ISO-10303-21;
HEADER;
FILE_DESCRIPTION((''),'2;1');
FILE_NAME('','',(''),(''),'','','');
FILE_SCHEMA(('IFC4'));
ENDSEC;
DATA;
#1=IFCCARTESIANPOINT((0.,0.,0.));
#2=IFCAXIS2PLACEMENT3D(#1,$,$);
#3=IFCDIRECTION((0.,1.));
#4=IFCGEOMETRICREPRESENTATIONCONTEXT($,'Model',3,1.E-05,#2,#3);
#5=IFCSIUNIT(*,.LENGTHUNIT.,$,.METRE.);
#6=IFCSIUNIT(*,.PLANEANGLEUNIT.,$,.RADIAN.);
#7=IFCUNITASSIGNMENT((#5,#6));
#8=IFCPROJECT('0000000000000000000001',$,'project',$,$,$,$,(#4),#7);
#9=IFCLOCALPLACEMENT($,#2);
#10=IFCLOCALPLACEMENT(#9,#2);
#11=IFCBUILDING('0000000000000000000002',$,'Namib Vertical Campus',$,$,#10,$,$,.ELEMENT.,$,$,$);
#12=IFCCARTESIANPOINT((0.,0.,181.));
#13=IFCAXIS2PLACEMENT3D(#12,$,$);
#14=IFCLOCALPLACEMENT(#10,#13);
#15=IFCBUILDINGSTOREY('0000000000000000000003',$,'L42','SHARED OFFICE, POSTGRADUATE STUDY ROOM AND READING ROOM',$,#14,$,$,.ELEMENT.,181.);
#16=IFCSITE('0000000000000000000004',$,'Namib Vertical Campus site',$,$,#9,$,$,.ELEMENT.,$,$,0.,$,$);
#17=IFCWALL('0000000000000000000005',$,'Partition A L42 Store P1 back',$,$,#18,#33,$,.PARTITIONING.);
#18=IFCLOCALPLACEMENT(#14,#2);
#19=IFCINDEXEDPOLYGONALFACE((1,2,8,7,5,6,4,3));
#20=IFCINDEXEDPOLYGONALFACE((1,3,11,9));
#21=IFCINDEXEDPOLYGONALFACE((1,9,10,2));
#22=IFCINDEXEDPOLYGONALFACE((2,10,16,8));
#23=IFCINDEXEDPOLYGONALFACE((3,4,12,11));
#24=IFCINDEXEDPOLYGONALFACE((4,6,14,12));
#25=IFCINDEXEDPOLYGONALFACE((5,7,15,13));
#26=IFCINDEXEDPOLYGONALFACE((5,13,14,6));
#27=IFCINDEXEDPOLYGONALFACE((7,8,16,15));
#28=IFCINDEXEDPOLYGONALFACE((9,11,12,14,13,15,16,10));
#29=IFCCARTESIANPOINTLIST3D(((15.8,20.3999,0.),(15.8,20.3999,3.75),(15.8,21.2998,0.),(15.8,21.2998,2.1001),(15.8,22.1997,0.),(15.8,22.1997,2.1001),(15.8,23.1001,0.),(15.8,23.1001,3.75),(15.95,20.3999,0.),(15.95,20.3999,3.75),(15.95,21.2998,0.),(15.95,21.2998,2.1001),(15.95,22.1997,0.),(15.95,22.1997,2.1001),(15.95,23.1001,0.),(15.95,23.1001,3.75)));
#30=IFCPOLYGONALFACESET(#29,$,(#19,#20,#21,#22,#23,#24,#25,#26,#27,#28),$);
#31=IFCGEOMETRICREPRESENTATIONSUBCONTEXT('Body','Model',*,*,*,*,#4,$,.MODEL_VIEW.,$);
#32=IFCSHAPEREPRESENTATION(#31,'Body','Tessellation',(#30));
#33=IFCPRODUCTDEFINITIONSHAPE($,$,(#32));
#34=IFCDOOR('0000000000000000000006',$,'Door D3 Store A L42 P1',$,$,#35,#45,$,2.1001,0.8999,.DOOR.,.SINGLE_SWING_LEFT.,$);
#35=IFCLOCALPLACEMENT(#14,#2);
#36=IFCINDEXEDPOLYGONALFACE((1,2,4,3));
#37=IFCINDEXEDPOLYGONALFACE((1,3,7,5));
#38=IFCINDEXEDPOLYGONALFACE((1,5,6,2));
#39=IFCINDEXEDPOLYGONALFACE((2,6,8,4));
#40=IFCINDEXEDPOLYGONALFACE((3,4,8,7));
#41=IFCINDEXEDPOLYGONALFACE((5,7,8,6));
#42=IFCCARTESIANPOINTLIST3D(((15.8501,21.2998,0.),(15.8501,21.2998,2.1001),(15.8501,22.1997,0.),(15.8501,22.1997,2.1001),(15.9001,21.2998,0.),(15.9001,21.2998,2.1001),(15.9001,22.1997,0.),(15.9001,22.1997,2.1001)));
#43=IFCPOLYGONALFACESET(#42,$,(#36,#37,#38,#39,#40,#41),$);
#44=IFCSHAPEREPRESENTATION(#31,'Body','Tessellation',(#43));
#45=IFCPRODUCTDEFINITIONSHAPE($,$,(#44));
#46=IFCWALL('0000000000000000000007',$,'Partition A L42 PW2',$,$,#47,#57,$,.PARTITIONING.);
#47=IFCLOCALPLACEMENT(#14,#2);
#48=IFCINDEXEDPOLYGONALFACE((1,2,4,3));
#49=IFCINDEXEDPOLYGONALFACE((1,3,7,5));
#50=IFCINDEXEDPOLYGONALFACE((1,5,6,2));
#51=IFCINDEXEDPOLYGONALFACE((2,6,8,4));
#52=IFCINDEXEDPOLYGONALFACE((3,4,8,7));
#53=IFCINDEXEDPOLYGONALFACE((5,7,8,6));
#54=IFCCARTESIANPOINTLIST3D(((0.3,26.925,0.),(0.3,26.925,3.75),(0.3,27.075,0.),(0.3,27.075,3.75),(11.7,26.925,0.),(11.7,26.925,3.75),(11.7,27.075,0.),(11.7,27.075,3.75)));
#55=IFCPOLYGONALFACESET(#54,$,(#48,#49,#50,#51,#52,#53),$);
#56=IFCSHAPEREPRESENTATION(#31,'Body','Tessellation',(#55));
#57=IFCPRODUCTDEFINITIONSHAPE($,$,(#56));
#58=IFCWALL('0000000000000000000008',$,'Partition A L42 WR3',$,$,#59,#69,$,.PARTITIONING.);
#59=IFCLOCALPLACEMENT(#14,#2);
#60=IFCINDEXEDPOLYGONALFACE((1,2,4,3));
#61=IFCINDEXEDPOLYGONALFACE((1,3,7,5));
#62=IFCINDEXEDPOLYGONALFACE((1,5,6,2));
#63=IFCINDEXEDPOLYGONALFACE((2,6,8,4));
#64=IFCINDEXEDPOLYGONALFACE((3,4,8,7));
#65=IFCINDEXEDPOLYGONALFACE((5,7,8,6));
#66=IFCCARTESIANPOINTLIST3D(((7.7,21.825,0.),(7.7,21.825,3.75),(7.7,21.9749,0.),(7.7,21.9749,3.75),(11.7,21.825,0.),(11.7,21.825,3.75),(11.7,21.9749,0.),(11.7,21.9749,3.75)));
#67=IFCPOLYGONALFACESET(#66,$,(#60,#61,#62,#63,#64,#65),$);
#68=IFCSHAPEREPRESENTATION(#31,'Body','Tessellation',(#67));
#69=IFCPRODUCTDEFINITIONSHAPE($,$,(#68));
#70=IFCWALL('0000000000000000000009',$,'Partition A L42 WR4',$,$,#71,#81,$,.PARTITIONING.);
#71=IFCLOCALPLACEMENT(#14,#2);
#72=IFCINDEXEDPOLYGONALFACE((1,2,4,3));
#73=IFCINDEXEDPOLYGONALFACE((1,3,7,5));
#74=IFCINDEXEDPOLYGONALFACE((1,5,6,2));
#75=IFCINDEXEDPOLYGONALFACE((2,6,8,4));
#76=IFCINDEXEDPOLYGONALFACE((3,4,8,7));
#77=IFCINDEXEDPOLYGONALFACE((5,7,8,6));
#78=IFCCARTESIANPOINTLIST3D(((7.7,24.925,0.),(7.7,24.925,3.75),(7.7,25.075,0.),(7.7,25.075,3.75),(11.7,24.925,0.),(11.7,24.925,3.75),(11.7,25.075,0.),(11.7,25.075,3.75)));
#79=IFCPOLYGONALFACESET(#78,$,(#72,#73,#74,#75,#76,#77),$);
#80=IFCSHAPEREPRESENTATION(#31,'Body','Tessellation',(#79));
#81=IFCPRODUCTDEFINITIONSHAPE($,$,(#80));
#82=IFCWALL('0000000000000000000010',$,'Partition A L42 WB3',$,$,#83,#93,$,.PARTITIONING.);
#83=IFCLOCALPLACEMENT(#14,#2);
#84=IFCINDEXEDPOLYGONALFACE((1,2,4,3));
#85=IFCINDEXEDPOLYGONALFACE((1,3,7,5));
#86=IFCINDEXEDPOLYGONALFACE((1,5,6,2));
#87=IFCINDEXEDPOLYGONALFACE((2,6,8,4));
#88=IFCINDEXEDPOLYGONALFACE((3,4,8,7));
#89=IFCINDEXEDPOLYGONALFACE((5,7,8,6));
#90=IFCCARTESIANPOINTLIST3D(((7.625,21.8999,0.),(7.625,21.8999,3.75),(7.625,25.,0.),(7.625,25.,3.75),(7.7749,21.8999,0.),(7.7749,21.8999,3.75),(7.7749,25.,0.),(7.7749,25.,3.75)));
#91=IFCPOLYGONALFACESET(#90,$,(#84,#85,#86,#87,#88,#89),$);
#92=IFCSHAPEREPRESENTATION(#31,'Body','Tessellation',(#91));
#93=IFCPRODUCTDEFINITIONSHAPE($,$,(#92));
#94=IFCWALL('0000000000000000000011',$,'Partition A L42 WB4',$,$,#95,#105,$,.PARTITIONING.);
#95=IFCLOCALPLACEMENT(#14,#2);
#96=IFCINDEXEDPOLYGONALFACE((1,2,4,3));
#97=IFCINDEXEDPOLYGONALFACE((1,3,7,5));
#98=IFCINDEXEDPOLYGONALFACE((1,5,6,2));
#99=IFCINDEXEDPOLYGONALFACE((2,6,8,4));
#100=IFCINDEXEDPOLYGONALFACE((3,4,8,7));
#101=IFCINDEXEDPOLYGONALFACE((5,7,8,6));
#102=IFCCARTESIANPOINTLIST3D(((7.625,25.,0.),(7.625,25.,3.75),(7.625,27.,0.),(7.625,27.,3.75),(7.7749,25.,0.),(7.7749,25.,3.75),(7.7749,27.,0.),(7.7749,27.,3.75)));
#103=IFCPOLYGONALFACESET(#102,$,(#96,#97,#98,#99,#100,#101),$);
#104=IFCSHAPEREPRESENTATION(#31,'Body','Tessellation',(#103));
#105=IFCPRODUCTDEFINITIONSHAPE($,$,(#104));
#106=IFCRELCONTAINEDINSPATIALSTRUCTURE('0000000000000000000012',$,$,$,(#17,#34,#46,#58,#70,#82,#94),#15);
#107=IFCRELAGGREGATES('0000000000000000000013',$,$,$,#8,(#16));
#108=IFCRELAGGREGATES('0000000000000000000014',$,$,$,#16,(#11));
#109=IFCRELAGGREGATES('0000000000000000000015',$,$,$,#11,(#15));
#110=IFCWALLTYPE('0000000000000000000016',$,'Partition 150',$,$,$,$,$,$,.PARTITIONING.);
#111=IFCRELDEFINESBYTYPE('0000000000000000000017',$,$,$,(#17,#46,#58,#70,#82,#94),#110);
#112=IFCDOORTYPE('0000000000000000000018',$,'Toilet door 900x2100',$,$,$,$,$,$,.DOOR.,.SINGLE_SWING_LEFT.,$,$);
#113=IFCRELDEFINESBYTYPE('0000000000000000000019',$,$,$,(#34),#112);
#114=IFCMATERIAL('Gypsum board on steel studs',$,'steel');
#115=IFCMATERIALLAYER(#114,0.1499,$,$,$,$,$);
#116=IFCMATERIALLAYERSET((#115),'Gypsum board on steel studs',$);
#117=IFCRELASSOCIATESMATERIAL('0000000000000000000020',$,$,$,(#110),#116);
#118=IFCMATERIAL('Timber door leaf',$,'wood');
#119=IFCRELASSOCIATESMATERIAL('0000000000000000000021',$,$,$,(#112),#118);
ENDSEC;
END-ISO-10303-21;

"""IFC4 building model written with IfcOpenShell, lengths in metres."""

from ifc_helpers import new_model, si_unit, direction, frame, frame_2d, origin, place, context, subcontext, project, spatial, rectangle, extrude, material, layer, layer_set, type_object, element, fill, save


model = new_model("IFC4")

# Units and contexts
model_context = context("Model", 3, precision=1e-05, world=origin(), true_north=direction((0.0, 1.0)))
body_context = subcontext(model_context, "Body", "Model", "MODEL_VIEW")
ifc_project = project(units=[si_unit("LENGTHUNIT", "METRE"), si_unit("PLANEANGLEUNIT", "RADIAN")], contexts=[model_context])

# Site, building, storey
site_placement = place(None, origin())
site = spatial("IfcSite", under=ifc_project, at=site_placement, Name="Namib Vertical Campus site", CompositionType="ELEMENT", RefElevation=0.0)
building_placement = place(site_placement, origin())
building = spatial("IfcBuilding", under=site, at=building_placement, Name="Namib Vertical Campus", CompositionType="ELEMENT")
storey_placement = place(building_placement, frame((0.0, 0.0, 181.0)))
storey = spatial("IfcBuildingStorey", under=building, at=storey_placement, Name="L42", Description="SHARED OFFICE, POSTGRADUATE STUDY ROOM AND READING ROOM", CompositionType="ELEMENT", Elevation=181.0)

# Wall, opening, door
ifc_material_1 = material(Name="Gypsum board on steel studs", Category="steel")
ifc_layer_1 = layer(ifc_material_1, 0.1499)
ifc_layer_set_1 = layer_set([ifc_layer_1], Name="Gypsum board on steel studs")
wall_type_1 = type_object("IfcWallType", Name="Partition 150", PredefinedType="PARTITIONING", material=ifc_layer_set_1)
wall_1_placement = place(storey_placement, frame((15.875, 20.3999, 0.0), z_axis=(0.0, 0.0, 1.0), x_axis=(0.0, 1.0, 0.0)))
wall_1 = element("IfcWall", 1, at=wall_1_placement, inside=storey, type_object=wall_type_1, Name="Partition A L42 Store P1 back", PredefinedType="PARTITIONING", context=body_context, shape_type="SweptSolid", body=[
    extrude(rectangle(XDim=2.7002, YDim=0.1499, at=frame_2d((1.3501, 0.0))), origin(), (0.0, 0.0, 1.0), 3.75),
])
opening_1_placement = place(wall_1_placement, frame((0.8999, 0.0, 0.0)))
opening_1 = element("IfcOpeningElement", 2, at=opening_1_placement, cuts=wall_1, PredefinedType="OPENING", context=body_context, shape_type="SweptSolid", body=[
    extrude(rectangle(XDim=0.8999, YDim=2.1001, at=frame_2d((0.45, 1.05))), frame((0.0, 0.085, 0.0), z_axis=(0.0, -1.0, 0.0), x_axis=(1.0, 0.0, 0.0)), (0.0, 0.0, 1.0), 0.1699),
])
ifc_material_2 = material(Name="Timber door leaf", Category="wood")
door_type_1 = type_object("IfcDoorType", Name="Toilet door 900x2100", OperationType="SINGLE_SWING_LEFT", PredefinedType="DOOR", material=ifc_material_2)
door_1_placement = place(opening_1_placement, origin())
door_1 = element("IfcDoor", 3, at=door_1_placement, inside=storey, type_object=door_type_1, Name="Door D3 Store A L42 P1", OperationType="SINGLE_SWING_LEFT", OverallHeight=2.1001, OverallWidth=0.8999, PredefinedType="DOOR", context=body_context, shape_type="SweptSolid", body=[
    extrude(rectangle(XDim=0.8999, YDim=2.1001, at=frame_2d((0.45, 1.05))), frame((0.0, 0.0249, 0.0), z_axis=(0.0, -1.0, 0.0), x_axis=(1.0, 0.0, 0.0)), (0.0, 0.0, 1.0), 0.05),
])
fill(opening_1, door_1)

# Walls
wall_2_placement = place(storey_placement, frame((0.3, 27.0, 0.0), z_axis=(0.0, 0.0, 1.0), x_axis=(1.0, 0.0, 0.0)))
element("IfcWall", 4, at=wall_2_placement, inside=storey, type_object=wall_type_1, Name="Partition A L42 PW2", PredefinedType="PARTITIONING", context=body_context, shape_type="SweptSolid", body=[
    extrude(rectangle(XDim=11.3999, YDim=0.1499, at=frame_2d((5.7, 0.0))), origin(), (0.0, 0.0, 1.0), 3.75),
])
for number, where, z_axis, x_axis, name in (
    (5, (11.7, 21.8999, 0.0), (0.0, 0.0, 1.0), (-1.0, 0.0, 0.0), "Partition A L42 WR3"),
    (6, (11.7, 25.0, 0.0), (0.0, 0.0, 1.0), (-1.0, 0.0, 0.0), "Partition A L42 WR4"),
):
    element("IfcWall", number, at=place(storey_placement, frame(where, z_axis=z_axis, x_axis=x_axis)), inside=storey, type_object=wall_type_1, Name=name, PredefinedType="PARTITIONING", context=body_context, shape_type="SweptSolid", body=[
        extrude(rectangle(XDim=4.0, YDim=0.1499, at=frame_2d((2.0, 0.0))), origin(), (0.0, 0.0, 1.0), 3.75),
    ])
wall_3_placement = place(storey_placement, frame((7.7, 21.8999, 0.0), z_axis=(0.0, 0.0, 1.0), x_axis=(0.0, 1.0, 0.0)))
element("IfcWall", 7, at=wall_3_placement, inside=storey, type_object=wall_type_1, Name="Partition A L42 WB3", PredefinedType="PARTITIONING", context=body_context, shape_type="SweptSolid", body=[
    extrude(rectangle(XDim=3.1001, YDim=0.1499, at=frame_2d((1.55, 0.0))), origin(), (0.0, 0.0, 1.0), 3.75),
])
wall_4_placement = place(storey_placement, frame((7.7, 25.0, 0.0), z_axis=(0.0, 0.0, 1.0), x_axis=(0.0, 1.0, 0.0)))
element("IfcWall", 8, at=wall_4_placement, inside=storey, type_object=wall_type_1, Name="Partition A L42 WB4", PredefinedType="PARTITIONING", context=body_context, shape_type="SweptSolid", body=[
    extrude(rectangle(XDim=2.0, YDim=0.1499, at=frame_2d((1.0, 0.0))), origin(), (0.0, 0.0, 1.0), 3.75),
])

save(model, "model.ifc")
